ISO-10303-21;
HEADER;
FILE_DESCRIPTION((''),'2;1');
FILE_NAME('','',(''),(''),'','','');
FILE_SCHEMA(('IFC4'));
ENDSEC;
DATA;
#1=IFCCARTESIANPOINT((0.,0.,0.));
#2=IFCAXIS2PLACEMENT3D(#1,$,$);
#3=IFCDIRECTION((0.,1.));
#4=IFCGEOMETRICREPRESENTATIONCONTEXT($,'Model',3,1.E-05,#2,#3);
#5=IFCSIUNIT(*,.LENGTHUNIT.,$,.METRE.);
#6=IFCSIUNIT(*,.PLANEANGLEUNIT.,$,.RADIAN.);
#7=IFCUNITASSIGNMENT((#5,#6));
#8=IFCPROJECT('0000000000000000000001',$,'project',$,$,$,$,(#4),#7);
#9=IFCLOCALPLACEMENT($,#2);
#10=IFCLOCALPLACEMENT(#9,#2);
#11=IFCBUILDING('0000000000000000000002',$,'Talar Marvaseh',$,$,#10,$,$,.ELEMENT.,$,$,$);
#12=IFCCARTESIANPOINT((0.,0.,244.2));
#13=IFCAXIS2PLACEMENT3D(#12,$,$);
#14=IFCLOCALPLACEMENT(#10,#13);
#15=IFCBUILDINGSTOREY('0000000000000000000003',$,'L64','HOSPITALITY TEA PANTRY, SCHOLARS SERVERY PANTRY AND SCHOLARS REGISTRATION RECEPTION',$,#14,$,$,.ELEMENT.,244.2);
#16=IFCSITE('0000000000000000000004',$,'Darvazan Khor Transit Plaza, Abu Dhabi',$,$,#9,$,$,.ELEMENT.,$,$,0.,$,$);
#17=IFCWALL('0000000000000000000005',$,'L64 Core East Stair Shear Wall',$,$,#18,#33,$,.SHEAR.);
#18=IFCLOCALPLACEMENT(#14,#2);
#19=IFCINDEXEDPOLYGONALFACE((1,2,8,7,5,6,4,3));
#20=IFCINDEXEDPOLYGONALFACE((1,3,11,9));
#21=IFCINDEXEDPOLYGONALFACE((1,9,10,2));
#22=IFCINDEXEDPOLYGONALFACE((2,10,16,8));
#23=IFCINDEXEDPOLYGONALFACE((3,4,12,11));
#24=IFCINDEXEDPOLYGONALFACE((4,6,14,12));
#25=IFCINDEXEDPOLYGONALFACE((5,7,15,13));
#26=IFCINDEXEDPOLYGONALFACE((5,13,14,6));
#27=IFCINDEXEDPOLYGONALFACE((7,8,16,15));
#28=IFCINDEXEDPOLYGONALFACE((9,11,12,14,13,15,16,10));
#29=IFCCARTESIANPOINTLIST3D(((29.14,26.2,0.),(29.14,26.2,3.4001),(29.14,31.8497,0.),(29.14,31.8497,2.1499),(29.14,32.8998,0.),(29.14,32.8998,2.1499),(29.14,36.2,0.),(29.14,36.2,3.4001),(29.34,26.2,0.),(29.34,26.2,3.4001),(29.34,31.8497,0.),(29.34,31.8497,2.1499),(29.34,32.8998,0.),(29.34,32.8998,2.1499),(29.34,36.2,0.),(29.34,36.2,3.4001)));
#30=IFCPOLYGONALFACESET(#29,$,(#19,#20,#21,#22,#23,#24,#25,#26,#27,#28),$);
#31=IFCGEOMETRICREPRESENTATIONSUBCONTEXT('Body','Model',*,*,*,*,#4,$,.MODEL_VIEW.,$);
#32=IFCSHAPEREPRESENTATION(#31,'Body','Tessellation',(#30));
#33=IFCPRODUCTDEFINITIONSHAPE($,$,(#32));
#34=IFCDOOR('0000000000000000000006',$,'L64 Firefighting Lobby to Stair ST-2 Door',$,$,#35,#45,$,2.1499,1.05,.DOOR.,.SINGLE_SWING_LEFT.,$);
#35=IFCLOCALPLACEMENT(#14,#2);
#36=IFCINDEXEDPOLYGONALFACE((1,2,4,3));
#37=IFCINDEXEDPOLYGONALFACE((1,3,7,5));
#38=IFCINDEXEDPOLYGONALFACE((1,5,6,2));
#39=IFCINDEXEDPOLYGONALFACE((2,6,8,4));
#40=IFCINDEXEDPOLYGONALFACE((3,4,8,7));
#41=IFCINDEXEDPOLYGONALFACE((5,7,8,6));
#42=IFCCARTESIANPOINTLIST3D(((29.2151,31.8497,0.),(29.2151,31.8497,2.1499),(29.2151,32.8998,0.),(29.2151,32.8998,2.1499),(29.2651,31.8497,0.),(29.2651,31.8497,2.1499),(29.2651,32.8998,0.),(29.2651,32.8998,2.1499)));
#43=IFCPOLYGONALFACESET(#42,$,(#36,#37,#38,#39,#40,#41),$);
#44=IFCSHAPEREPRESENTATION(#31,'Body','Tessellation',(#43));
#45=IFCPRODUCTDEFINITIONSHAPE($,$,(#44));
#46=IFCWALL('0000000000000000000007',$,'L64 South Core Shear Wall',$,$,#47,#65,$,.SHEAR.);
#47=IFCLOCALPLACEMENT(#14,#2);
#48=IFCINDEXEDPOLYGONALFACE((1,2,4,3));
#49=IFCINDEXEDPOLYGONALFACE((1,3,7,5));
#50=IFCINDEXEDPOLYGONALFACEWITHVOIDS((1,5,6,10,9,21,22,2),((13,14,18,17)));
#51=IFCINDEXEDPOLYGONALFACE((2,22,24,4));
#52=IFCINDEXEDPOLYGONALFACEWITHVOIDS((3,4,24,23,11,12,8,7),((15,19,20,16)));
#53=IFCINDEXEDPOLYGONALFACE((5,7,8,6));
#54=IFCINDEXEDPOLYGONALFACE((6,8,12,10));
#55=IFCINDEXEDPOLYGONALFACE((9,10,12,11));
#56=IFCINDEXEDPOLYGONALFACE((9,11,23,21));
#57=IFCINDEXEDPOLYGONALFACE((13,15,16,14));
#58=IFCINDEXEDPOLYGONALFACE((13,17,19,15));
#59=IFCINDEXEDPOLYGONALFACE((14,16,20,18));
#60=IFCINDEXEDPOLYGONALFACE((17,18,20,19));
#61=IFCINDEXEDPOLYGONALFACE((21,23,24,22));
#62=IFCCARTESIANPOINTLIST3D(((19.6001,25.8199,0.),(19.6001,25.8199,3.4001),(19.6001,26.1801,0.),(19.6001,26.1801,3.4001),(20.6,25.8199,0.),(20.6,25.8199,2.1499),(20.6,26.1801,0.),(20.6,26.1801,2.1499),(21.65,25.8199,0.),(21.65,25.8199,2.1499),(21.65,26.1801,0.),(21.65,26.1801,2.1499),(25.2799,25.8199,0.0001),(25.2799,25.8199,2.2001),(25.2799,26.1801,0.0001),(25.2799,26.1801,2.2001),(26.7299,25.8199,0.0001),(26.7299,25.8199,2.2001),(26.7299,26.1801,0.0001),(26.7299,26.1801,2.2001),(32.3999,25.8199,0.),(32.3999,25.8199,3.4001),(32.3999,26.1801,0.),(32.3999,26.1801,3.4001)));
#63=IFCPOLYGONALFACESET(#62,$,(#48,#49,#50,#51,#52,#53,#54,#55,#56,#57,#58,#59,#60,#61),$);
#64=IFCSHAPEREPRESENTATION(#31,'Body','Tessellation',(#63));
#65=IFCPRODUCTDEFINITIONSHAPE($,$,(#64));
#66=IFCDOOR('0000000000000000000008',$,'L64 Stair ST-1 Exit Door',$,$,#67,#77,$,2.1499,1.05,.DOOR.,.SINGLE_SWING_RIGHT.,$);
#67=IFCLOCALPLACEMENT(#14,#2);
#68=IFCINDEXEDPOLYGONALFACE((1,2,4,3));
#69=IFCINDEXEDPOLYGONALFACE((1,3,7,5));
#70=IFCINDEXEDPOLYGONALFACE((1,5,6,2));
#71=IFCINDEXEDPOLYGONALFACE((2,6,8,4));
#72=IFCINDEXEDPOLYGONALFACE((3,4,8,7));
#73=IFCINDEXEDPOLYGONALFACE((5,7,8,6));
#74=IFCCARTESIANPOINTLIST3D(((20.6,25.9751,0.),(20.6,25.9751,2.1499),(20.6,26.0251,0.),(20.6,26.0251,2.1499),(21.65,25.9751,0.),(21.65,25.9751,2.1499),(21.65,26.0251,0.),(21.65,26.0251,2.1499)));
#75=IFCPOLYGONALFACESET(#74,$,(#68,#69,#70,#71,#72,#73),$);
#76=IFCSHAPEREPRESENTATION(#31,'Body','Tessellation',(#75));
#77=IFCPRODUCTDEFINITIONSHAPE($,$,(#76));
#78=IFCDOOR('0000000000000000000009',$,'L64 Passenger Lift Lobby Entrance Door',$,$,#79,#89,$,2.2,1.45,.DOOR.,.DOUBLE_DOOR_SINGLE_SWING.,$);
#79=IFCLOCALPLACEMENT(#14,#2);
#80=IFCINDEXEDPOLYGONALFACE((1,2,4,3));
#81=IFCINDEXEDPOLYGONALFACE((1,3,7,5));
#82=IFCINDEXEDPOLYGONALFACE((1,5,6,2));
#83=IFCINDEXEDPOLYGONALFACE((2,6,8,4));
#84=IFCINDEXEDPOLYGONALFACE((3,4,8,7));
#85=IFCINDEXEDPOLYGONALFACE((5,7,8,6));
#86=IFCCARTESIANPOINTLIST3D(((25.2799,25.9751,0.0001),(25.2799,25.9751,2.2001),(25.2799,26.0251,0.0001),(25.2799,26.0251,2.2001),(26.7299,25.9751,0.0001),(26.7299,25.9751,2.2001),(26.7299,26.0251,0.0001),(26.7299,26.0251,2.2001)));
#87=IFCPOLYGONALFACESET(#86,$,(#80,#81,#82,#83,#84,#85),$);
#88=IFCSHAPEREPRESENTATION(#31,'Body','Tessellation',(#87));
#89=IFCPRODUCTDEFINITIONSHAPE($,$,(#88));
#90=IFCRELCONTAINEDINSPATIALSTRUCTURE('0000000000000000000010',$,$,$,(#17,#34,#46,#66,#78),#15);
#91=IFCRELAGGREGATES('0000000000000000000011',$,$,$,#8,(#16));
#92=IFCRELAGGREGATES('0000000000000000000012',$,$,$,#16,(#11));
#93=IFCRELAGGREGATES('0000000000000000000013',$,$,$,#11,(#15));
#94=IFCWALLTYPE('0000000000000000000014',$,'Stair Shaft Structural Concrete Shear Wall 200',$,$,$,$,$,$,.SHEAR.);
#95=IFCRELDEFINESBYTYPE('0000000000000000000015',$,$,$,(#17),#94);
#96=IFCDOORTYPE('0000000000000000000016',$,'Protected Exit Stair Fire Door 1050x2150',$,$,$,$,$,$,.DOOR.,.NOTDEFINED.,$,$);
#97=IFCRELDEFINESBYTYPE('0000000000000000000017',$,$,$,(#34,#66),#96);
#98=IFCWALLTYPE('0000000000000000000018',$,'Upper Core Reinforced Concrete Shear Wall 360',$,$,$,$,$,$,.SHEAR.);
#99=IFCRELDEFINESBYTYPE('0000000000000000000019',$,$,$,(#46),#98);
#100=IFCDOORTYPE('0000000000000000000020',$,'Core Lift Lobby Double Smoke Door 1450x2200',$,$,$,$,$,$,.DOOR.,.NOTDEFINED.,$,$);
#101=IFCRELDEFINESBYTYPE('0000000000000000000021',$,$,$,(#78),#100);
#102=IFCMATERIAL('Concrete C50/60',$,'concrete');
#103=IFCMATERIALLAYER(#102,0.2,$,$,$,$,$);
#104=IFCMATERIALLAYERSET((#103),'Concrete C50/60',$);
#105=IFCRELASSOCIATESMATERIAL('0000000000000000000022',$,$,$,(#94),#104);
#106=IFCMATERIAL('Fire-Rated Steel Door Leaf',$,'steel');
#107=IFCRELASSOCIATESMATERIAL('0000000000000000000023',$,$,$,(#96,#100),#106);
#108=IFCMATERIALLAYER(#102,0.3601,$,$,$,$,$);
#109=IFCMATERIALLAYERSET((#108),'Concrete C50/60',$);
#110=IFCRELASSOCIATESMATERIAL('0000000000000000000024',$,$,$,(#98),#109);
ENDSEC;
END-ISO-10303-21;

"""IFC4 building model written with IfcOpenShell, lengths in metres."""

from ifc_helpers import new_model, si_unit, direction, frame, frame_2d, origin, place, context, subcontext, project, spatial, rectangle, extrude, source, transform, mapped, material, layer, layer_set, type_object, type_shapes, element, fill, save


model = new_model("IFC4")

# Units and contexts
model_context = context("Model", 3, precision=1e-05, world=origin(), true_north=direction((0.0, 1.0)))
body_context = subcontext(model_context, "Body", "Model", "MODEL_VIEW")
ifc_project = project(units=[si_unit("LENGTHUNIT", "METRE"), si_unit("PLANEANGLEUNIT", "RADIAN")], contexts=[model_context])

# Site, building, storey
site_placement = place(None, origin())
site = spatial("IfcSite", under=ifc_project, at=site_placement, Name="Darvazan Khor Transit Plaza, Abu Dhabi", CompositionType="ELEMENT", RefElevation=0.0)
building_placement = place(site_placement, origin())
building = spatial("IfcBuilding", under=site, at=building_placement, Name="Talar Marvaseh", CompositionType="ELEMENT")
storey_placement = place(building_placement, frame((0.0, 0.0, 244.2)))
storey = spatial("IfcBuildingStorey", under=building, at=storey_placement, Name="L64", Description="HOSPITALITY TEA PANTRY, SCHOLARS SERVERY PANTRY AND SCHOLARS REGISTRATION RECEPTION", CompositionType="ELEMENT", Elevation=244.2)

# Shared definitions
ifc_material_1 = material(Name="Concrete C50/60", Category="concrete")

# Shared definitions
ifc_material_2 = material(Name="Fire-Rated Steel Door Leaf", Category="steel")

# Wall, opening, door
ifc_layer_1 = layer(ifc_material_1, 0.2)
ifc_layer_set_1 = layer_set([ifc_layer_1], Name="Concrete C50/60")
wall_type_1 = type_object("IfcWallType", Name="Stair Shaft Structural Concrete Shear Wall 200", PredefinedType="SHEAR", material=ifc_layer_set_1)
wall_1_placement = place(storey_placement, frame((29.24, 26.2, 0.0), z_axis=(0.0, 0.0, 1.0), x_axis=(0.0, 1.0, 0.0)))
wall_1 = element("IfcWall", 1, at=wall_1_placement, inside=storey, type_object=wall_type_1, Name="L64 Core East Stair Shear Wall", PredefinedType="SHEAR", context=body_context, shape_type="SweptSolid", body=[
    extrude(rectangle(XDim=10.0, YDim=0.2, at=frame_2d((5.0, 0.0))), origin(), (0.0, 0.0, 1.0), 3.4001),
])
opening_1_placement = place(wall_1_placement, frame((5.6499, 0.0, 0.0)))
opening_1 = element("IfcOpeningElement", 2, at=opening_1_placement, cuts=wall_1, PredefinedType="OPENING", context=body_context, shape_type="SweptSolid", body=[
    extrude(rectangle(XDim=1.05, YDim=2.1499, at=frame_2d((0.5249, 1.075))), frame((0.0, 0.1099, 0.0), z_axis=(0.0, -1.0, 0.0), x_axis=(1.0, 0.0, 0.0)), (0.0, 0.0, 1.0), 0.22),
])
door_type_1 = type_object("IfcDoorType", Name="Protected Exit Stair Fire Door 1050x2150", OperationType="NOTDEFINED", PredefinedType="DOOR", material=ifc_material_2)
shared_shape_1 = source(origin(), body_context, "Body", "SweptSolid", [
    extrude(rectangle(XDim=1.05, YDim=2.1499, at=frame_2d((0.5249, 1.075))), frame((0.0, 0.0249, 0.0), z_axis=(0.0, -1.0, 0.0), x_axis=(1.0, 0.0, 0.0)), (0.0, 0.0, 1.0), 0.05),
])
type_shapes(door_type_1, [shared_shape_1])
door_1_placement = place(opening_1_placement, origin())
door_1 = element("IfcDoor", 3, at=door_1_placement, inside=storey, type_object=door_type_1, Name="L64 Firefighting Lobby to Stair ST-2 Door", OperationType="SINGLE_SWING_LEFT", OverallHeight=2.1499, OverallWidth=1.05, PredefinedType="DOOR", context=body_context, shape_type="MappedRepresentation", body=[
    mapped(shared_shape_1, transform((0.0, 0.0, 0.0), x_axis=(1.0, 0.0, 0.0), y_axis=(0.0, 1.0, 0.0), z_axis=(0.0, 0.0, 1.0), scale=1.0)),
])
fill(opening_1, door_1)

# Wall, openings, doors
ifc_layer_2 = layer(ifc_material_1, 0.3601)
ifc_layer_set_2 = layer_set([ifc_layer_2], Name="Concrete C50/60")
wall_type_2 = type_object("IfcWallType", Name="Upper Core Reinforced Concrete Shear Wall 360", PredefinedType="SHEAR", material=ifc_layer_set_2)
wall_2_placement = place(storey_placement, frame((32.3999, 26.0, 0.0), z_axis=(0.0, 0.0, 1.0), x_axis=(-1.0, 0.0, 0.0)))
wall_2 = element("IfcWall", 4, at=wall_2_placement, inside=storey, type_object=wall_type_2, Name="L64 South Core Shear Wall", PredefinedType="SHEAR", context=body_context, shape_type="SweptSolid", body=[
    extrude(rectangle(XDim=12.7998, YDim=0.3601, at=frame_2d((6.3999, 0.0))), origin(), (0.0, 0.0, 1.0), 3.4001),
])
opening_2_placement = place(wall_2_placement, frame((10.75, 0.0, 0.0)))
opening_2 = element("IfcOpeningElement", 5, at=opening_2_placement, cuts=wall_2, PredefinedType="OPENING", context=body_context, shape_type="SweptSolid", body=[
    extrude(rectangle(XDim=1.05, YDim=2.1499, at=frame_2d((0.5249, 1.075))), frame((0.0, 0.1899, 0.0), z_axis=(0.0, -1.0, 0.0), x_axis=(1.0, 0.0, 0.0)), (0.0, 0.0, 1.0), 0.3801),
])
opening_3_placement = place(wall_2_placement, frame((5.6699, 0.0, 0.0)))
opening_3 = element("IfcOpeningElement", 6, at=opening_3_placement, cuts=wall_2, PredefinedType="OPENING", context=body_context, shape_type="SweptSolid", body=[
    extrude(rectangle(XDim=1.45, YDim=2.2, at=frame_2d((0.7251, 1.1001))), frame((0.0, 0.1899, 0.0), z_axis=(0.0, -1.0, 0.0), x_axis=(1.0, 0.0, 0.0)), (0.0, 0.0, 1.0), 0.3801),
])
door_2_placement = place(opening_2_placement, origin())
door_2 = element("IfcDoor", 7, at=door_2_placement, inside=storey, type_object=door_type_1, Name="L64 Stair ST-1 Exit Door", OperationType="SINGLE_SWING_RIGHT", OverallHeight=2.1499, OverallWidth=1.05, PredefinedType="DOOR", context=body_context, shape_type="MappedRepresentation", body=[
    mapped(shared_shape_1, transform((0.0, 0.0, 0.0), x_axis=(1.0, 0.0, 0.0), y_axis=(0.0, 1.0, 0.0), z_axis=(0.0, 0.0, 1.0), scale=1.0)),
])
fill(opening_2, door_2)
door_type_2 = type_object("IfcDoorType", Name="Core Lift Lobby Double Smoke Door 1450x2200", OperationType="NOTDEFINED", PredefinedType="DOOR", material=ifc_material_2)
shared_shape_2 = source(origin(), body_context, "Body", "SweptSolid", [
    extrude(rectangle(XDim=1.45, YDim=2.2, at=frame_2d((0.7251, 1.1001))), frame((0.0, 0.0249, 0.0), z_axis=(0.0, -1.0, 0.0), x_axis=(1.0, 0.0, 0.0)), (0.0, 0.0, 1.0), 0.05),
])
type_shapes(door_type_2, [shared_shape_2])
door_3_placement = place(opening_3_placement, origin())
door_3 = element("IfcDoor", 8, at=door_3_placement, inside=storey, type_object=door_type_2, Name="L64 Passenger Lift Lobby Entrance Door", OperationType="DOUBLE_DOOR_SINGLE_SWING", OverallHeight=2.2, OverallWidth=1.45, PredefinedType="DOOR", context=body_context, shape_type="MappedRepresentation", body=[
    mapped(shared_shape_2, transform((0.0, 0.0, 0.0), x_axis=(1.0, 0.0, 0.0), y_axis=(0.0, 1.0, 0.0), z_axis=(0.0, 0.0, 1.0), scale=1.0)),
])
fill(opening_3, door_3)

save(model, "model.ifc")
